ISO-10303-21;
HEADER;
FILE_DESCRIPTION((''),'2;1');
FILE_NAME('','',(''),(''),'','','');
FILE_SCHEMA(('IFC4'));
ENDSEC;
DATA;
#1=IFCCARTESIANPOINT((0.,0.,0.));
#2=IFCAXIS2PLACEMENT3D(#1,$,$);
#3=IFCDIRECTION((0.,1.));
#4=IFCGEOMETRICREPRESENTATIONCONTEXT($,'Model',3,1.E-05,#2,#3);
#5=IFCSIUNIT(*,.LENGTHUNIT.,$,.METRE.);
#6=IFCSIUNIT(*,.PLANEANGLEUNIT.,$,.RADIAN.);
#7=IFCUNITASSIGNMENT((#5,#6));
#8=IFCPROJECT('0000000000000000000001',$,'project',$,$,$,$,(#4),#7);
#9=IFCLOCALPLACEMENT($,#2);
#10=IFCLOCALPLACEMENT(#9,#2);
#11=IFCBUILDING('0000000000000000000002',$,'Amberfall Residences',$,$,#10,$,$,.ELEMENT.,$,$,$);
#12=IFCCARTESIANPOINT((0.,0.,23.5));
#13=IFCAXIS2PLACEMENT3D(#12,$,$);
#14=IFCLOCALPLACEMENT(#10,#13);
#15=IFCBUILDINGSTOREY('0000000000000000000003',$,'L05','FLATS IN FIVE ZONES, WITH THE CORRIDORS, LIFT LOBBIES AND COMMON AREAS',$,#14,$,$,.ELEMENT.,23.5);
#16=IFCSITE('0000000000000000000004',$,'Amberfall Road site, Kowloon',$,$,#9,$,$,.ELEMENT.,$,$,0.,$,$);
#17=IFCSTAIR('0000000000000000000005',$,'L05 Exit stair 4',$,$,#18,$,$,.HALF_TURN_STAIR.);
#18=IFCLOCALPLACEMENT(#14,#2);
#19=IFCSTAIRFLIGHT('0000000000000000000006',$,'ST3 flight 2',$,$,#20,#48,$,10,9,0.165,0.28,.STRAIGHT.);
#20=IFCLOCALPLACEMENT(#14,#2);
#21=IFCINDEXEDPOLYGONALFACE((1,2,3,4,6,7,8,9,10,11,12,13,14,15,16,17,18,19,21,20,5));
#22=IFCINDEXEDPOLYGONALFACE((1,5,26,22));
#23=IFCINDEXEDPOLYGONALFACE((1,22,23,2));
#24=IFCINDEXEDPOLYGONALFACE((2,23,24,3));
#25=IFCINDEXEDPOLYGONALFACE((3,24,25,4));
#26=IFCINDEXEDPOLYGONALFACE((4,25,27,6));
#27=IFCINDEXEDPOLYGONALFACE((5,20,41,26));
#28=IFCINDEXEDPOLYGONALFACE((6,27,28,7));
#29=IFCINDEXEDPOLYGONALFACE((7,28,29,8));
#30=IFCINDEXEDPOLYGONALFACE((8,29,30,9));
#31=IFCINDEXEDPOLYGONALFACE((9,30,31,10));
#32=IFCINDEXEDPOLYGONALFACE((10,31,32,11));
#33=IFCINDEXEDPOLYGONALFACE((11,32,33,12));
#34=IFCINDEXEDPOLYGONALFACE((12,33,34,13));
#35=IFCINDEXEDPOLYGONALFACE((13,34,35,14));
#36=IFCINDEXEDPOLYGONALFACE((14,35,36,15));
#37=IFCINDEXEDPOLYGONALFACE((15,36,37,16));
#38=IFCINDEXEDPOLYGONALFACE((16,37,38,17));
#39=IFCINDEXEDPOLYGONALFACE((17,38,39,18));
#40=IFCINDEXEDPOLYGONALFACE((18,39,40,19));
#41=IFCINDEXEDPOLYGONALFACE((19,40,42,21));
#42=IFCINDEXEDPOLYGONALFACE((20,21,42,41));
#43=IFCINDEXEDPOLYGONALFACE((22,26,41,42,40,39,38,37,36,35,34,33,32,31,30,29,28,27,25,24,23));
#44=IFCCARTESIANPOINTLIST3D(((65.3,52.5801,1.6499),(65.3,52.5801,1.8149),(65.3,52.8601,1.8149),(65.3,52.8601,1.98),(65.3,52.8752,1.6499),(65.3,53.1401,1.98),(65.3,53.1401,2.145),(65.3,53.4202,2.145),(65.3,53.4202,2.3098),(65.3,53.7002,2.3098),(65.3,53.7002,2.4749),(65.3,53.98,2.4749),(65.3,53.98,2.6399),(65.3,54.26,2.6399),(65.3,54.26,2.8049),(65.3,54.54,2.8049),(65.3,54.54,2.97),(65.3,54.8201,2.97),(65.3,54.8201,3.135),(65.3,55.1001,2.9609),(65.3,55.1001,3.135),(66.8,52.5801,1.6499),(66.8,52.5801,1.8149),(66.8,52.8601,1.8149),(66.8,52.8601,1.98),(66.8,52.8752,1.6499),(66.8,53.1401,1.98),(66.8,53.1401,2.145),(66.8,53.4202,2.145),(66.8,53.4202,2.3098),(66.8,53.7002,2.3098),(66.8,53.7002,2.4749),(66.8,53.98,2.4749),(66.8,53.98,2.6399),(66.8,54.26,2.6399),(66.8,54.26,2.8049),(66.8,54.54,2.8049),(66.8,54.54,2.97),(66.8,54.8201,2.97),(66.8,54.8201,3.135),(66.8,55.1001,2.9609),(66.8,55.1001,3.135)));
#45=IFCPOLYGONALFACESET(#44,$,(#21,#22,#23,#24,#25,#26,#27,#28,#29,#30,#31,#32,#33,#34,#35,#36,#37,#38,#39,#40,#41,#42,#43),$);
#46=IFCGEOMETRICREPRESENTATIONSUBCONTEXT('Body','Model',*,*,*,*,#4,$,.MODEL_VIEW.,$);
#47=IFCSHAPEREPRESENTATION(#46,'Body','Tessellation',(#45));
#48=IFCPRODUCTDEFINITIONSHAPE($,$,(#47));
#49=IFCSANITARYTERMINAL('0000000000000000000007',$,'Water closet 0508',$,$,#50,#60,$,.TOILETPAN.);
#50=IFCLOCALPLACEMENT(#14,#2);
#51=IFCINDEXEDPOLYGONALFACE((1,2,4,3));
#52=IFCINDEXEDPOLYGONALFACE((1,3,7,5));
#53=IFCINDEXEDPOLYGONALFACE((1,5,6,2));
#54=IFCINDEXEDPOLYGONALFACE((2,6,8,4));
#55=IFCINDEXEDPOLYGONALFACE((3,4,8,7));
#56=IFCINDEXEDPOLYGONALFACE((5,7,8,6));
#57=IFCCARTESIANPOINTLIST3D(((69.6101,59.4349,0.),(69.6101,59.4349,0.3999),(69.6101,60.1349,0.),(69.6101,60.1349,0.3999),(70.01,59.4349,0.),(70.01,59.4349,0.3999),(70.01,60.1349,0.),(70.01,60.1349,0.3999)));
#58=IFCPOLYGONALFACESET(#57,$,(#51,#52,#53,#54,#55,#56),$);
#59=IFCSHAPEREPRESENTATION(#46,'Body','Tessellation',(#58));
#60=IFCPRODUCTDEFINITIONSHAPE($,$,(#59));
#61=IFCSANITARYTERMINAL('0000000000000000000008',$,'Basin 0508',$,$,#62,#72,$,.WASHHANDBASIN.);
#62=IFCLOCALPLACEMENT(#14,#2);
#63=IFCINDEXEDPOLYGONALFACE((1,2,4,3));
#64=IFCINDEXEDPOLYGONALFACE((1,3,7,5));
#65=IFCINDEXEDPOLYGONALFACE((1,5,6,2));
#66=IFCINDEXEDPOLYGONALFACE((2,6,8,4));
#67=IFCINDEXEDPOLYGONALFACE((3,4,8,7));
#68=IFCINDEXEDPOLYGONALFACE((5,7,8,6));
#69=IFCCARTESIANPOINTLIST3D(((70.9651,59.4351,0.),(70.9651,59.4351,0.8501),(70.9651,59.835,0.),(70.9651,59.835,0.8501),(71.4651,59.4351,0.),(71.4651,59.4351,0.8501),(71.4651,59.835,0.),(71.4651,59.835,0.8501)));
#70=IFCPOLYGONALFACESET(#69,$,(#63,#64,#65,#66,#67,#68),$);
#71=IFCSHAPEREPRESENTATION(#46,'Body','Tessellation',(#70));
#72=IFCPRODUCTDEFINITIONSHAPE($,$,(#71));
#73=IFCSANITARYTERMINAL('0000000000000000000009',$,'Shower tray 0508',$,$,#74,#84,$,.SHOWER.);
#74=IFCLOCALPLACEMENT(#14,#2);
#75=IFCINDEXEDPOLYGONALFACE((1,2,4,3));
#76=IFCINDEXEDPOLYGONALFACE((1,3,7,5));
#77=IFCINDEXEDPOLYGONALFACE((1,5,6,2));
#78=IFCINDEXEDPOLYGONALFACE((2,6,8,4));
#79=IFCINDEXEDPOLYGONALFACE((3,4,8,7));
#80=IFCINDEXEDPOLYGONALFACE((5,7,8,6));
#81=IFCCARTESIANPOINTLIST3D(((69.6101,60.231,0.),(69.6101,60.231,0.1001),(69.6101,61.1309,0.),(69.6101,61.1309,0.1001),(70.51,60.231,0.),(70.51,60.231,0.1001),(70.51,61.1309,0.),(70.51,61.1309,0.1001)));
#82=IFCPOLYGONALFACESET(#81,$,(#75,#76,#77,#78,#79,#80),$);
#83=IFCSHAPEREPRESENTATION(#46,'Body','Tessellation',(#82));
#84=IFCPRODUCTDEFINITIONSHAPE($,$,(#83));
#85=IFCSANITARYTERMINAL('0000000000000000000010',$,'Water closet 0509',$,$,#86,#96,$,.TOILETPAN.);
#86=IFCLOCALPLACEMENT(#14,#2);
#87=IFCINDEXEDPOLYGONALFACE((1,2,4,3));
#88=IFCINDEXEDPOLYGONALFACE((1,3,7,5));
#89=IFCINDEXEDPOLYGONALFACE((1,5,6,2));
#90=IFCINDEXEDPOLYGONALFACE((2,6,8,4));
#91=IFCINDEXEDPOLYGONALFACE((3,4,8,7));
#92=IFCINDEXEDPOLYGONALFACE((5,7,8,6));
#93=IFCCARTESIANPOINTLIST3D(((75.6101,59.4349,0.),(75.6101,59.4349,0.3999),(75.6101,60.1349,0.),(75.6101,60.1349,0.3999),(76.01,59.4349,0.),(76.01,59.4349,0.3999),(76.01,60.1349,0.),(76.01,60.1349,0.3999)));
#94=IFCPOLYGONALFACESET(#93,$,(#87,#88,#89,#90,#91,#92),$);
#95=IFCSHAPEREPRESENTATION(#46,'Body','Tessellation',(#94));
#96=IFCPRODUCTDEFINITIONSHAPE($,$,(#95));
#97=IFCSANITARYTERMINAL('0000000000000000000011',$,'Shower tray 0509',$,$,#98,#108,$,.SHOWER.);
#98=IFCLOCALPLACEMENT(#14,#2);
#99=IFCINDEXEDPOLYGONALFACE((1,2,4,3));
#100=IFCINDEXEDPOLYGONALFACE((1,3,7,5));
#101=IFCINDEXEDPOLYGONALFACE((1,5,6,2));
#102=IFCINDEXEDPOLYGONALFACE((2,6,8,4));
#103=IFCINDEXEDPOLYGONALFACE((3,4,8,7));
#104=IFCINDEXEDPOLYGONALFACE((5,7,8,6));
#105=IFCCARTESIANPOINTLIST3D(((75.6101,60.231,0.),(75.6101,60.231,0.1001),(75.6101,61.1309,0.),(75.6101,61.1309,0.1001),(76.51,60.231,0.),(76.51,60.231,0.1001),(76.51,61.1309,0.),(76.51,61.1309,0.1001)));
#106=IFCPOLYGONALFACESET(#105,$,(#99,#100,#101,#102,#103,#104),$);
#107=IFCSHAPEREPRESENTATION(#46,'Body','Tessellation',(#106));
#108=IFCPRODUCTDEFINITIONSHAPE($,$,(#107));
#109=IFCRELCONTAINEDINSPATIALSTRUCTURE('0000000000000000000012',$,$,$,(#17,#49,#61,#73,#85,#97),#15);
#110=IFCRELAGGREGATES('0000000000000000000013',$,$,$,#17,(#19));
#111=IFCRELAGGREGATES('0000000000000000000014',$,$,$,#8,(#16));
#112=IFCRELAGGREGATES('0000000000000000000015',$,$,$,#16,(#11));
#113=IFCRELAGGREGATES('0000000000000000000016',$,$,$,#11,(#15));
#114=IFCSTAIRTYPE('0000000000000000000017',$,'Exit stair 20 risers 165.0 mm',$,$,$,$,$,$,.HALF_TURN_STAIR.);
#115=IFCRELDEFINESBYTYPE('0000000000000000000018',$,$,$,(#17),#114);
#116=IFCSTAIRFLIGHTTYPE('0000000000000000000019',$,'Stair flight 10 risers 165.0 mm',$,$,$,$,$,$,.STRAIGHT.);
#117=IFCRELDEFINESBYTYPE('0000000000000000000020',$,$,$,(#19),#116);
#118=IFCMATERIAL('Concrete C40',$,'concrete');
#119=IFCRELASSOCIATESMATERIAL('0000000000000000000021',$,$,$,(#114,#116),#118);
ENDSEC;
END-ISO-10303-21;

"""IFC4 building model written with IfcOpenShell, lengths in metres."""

from ifc_helpers import new_model, si_unit, direction, frame, origin, origin_2d, place, context, subcontext, project, spatial, polyline, rectangle, outline, extrude, material, type_object, element, aggregate, save


model = new_model("IFC4")

# Units and contexts
model_context = context("Model", 3, precision=1e-05, world=origin(), true_north=direction((0.0, 1.0)))
body_context = subcontext(model_context, "Body", "Model", "MODEL_VIEW")
ifc_project = project(units=[si_unit("LENGTHUNIT", "METRE"), si_unit("PLANEANGLEUNIT", "RADIAN")], contexts=[model_context])

# Site, building, storey
site_placement = place(None, origin())
site = spatial("IfcSite", under=ifc_project, at=site_placement, Name="Amberfall Road site, Kowloon", CompositionType="ELEMENT", RefElevation=0.0)
building_placement = place(site_placement, origin())
building = spatial("IfcBuilding", under=site, at=building_placement, Name="Amberfall Residences", CompositionType="ELEMENT")
storey_placement = place(building_placement, frame((0.0, 0.0, 23.5)))
storey = spatial("IfcBuildingStorey", under=building, at=storey_placement, Name="L05", Description="FLATS IN FIVE ZONES, WITH THE CORRIDORS, LIFT LOBBIES AND COMMON AREAS", CompositionType="ELEMENT", Elevation=23.5)

# Stair, stair flight
ifc_material_1 = material(Name="Concrete C40", Category="concrete")
stair_type = type_object("IfcStairType", Name="Exit stair 20 risers 165.0 mm", PredefinedType="HALF_TURN_STAIR", material=ifc_material_1)
stair_placement = place(storey_placement, origin())
stair = element("IfcStair", 1, at=stair_placement, inside=storey, type_object=stair_type, Name="L05 Exit stair 4", PredefinedType="HALF_TURN_STAIR")
stair_flight_type = type_object("IfcStairFlightType", Name="Stair flight 10 risers 165.0 mm", PredefinedType="STRAIGHT", material=ifc_material_1)
stair_flight_placement = place(storey_placement, frame((66.05, 52.5801, 1.6499), z_axis=(0.0, 0.0, 1.0), x_axis=(0.0, 1.0, 0.0)))
stair_flight = element("IfcStairFlight", 2, at=stair_flight_placement, type_object=stair_flight_type, Name="ST3 flight 2", NumberOfRisers=10, NumberOfTreads=9, PredefinedType="STRAIGHT", RiserHeight=0.165, TreadLength=0.28, context=body_context, shape_type="SweptSolid", body=[
    extrude(outline(polyline([(0.0, 0.0), (0.0, 0.165), (0.28, 0.165), (0.28, 0.3301), (0.5601, 0.3301), (0.5601, 0.4951), (0.8401, 0.4951), (0.8401, 0.6599), (1.1201, 0.6599), (1.1201, 0.825), (1.3999, 0.825), (1.3999, 0.99), (1.6799, 0.99), (1.6799, 1.155), (1.96, 1.155), (1.96, 1.3201), (2.24, 1.3201), (2.24, 1.4851), (2.52, 1.4851), (2.52, 1.6499), (2.52, 1.311), (0.2952, 0.0), (0.0, 0.0)])), frame((0.0, 0.75, 0.0), z_axis=(0.0, -1.0, 0.0), x_axis=(1.0, 0.0, 0.0)), (0.0, 0.0, 1.0), 1.5),
])
aggregate(stair, [stair_flight])

# Sanitary terminals
sanitary_terminal_1_placement = place(storey_placement, frame((69.8101, 59.7849, 0.0), z_axis=(0.0, 0.0, 1.0), x_axis=(1.0, 0.0, 0.0)))
element("IfcSanitaryTerminal", 3, at=sanitary_terminal_1_placement, inside=storey, Name="Water closet 0508", PredefinedType="TOILETPAN", context=body_context, shape_type="SweptSolid", body=[
    extrude(rectangle(XDim=0.3999, YDim=0.7, at=origin_2d()), origin(), (0.0, 0.0, 1.0), 0.3999),
])
sanitary_terminal_2_placement = place(storey_placement, frame((71.2151, 59.635, 0.0), z_axis=(0.0, 0.0, 1.0), x_axis=(1.0, 0.0, 0.0)))
element("IfcSanitaryTerminal", 4, at=sanitary_terminal_2_placement, inside=storey, Name="Basin 0508", PredefinedType="WASHHANDBASIN", context=body_context, shape_type="SweptSolid", body=[
    extrude(rectangle(XDim=0.5, YDim=0.3999, at=origin_2d()), origin(), (0.0, 0.0, 1.0), 0.8501),
])
sanitary_terminal_3_placement = place(storey_placement, frame((70.0601, 60.6809, 0.0), z_axis=(0.0, 0.0, 1.0), x_axis=(1.0, 0.0, 0.0)))
element("IfcSanitaryTerminal", 5, at=sanitary_terminal_3_placement, inside=storey, Name="Shower tray 0508", PredefinedType="SHOWER", context=body_context, shape_type="SweptSolid", body=[
    extrude(rectangle(XDim=0.8999, YDim=0.8999, at=origin_2d()), origin(), (0.0, 0.0, 1.0), 0.1001),
])
sanitary_terminal_4_placement = place(storey_placement, frame((75.8101, 59.7849, 0.0), z_axis=(0.0, 0.0, 1.0), x_axis=(1.0, 0.0, 0.0)))
element("IfcSanitaryTerminal", 6, at=sanitary_terminal_4_placement, inside=storey, Name="Water closet 0509", PredefinedType="TOILETPAN", context=body_context, shape_type="SweptSolid", body=[
    extrude(rectangle(XDim=0.3999, YDim=0.7, at=origin_2d()), origin(), (0.0, 0.0, 1.0), 0.3999),
])
sanitary_terminal_5_placement = place(storey_placement, frame((76.0601, 60.6809, 0.0), z_axis=(0.0, 0.0, 1.0), x_axis=(1.0, 0.0, 0.0)))
element("IfcSanitaryTerminal", 7, at=sanitary_terminal_5_placement, inside=storey, Name="Shower tray 0509", PredefinedType="SHOWER", context=body_context, shape_type="SweptSolid", body=[
    extrude(rectangle(XDim=0.8999, YDim=0.8999, at=origin_2d()), origin(), (0.0, 0.0, 1.0), 0.1001),
])

save(model, "model.ifc")
